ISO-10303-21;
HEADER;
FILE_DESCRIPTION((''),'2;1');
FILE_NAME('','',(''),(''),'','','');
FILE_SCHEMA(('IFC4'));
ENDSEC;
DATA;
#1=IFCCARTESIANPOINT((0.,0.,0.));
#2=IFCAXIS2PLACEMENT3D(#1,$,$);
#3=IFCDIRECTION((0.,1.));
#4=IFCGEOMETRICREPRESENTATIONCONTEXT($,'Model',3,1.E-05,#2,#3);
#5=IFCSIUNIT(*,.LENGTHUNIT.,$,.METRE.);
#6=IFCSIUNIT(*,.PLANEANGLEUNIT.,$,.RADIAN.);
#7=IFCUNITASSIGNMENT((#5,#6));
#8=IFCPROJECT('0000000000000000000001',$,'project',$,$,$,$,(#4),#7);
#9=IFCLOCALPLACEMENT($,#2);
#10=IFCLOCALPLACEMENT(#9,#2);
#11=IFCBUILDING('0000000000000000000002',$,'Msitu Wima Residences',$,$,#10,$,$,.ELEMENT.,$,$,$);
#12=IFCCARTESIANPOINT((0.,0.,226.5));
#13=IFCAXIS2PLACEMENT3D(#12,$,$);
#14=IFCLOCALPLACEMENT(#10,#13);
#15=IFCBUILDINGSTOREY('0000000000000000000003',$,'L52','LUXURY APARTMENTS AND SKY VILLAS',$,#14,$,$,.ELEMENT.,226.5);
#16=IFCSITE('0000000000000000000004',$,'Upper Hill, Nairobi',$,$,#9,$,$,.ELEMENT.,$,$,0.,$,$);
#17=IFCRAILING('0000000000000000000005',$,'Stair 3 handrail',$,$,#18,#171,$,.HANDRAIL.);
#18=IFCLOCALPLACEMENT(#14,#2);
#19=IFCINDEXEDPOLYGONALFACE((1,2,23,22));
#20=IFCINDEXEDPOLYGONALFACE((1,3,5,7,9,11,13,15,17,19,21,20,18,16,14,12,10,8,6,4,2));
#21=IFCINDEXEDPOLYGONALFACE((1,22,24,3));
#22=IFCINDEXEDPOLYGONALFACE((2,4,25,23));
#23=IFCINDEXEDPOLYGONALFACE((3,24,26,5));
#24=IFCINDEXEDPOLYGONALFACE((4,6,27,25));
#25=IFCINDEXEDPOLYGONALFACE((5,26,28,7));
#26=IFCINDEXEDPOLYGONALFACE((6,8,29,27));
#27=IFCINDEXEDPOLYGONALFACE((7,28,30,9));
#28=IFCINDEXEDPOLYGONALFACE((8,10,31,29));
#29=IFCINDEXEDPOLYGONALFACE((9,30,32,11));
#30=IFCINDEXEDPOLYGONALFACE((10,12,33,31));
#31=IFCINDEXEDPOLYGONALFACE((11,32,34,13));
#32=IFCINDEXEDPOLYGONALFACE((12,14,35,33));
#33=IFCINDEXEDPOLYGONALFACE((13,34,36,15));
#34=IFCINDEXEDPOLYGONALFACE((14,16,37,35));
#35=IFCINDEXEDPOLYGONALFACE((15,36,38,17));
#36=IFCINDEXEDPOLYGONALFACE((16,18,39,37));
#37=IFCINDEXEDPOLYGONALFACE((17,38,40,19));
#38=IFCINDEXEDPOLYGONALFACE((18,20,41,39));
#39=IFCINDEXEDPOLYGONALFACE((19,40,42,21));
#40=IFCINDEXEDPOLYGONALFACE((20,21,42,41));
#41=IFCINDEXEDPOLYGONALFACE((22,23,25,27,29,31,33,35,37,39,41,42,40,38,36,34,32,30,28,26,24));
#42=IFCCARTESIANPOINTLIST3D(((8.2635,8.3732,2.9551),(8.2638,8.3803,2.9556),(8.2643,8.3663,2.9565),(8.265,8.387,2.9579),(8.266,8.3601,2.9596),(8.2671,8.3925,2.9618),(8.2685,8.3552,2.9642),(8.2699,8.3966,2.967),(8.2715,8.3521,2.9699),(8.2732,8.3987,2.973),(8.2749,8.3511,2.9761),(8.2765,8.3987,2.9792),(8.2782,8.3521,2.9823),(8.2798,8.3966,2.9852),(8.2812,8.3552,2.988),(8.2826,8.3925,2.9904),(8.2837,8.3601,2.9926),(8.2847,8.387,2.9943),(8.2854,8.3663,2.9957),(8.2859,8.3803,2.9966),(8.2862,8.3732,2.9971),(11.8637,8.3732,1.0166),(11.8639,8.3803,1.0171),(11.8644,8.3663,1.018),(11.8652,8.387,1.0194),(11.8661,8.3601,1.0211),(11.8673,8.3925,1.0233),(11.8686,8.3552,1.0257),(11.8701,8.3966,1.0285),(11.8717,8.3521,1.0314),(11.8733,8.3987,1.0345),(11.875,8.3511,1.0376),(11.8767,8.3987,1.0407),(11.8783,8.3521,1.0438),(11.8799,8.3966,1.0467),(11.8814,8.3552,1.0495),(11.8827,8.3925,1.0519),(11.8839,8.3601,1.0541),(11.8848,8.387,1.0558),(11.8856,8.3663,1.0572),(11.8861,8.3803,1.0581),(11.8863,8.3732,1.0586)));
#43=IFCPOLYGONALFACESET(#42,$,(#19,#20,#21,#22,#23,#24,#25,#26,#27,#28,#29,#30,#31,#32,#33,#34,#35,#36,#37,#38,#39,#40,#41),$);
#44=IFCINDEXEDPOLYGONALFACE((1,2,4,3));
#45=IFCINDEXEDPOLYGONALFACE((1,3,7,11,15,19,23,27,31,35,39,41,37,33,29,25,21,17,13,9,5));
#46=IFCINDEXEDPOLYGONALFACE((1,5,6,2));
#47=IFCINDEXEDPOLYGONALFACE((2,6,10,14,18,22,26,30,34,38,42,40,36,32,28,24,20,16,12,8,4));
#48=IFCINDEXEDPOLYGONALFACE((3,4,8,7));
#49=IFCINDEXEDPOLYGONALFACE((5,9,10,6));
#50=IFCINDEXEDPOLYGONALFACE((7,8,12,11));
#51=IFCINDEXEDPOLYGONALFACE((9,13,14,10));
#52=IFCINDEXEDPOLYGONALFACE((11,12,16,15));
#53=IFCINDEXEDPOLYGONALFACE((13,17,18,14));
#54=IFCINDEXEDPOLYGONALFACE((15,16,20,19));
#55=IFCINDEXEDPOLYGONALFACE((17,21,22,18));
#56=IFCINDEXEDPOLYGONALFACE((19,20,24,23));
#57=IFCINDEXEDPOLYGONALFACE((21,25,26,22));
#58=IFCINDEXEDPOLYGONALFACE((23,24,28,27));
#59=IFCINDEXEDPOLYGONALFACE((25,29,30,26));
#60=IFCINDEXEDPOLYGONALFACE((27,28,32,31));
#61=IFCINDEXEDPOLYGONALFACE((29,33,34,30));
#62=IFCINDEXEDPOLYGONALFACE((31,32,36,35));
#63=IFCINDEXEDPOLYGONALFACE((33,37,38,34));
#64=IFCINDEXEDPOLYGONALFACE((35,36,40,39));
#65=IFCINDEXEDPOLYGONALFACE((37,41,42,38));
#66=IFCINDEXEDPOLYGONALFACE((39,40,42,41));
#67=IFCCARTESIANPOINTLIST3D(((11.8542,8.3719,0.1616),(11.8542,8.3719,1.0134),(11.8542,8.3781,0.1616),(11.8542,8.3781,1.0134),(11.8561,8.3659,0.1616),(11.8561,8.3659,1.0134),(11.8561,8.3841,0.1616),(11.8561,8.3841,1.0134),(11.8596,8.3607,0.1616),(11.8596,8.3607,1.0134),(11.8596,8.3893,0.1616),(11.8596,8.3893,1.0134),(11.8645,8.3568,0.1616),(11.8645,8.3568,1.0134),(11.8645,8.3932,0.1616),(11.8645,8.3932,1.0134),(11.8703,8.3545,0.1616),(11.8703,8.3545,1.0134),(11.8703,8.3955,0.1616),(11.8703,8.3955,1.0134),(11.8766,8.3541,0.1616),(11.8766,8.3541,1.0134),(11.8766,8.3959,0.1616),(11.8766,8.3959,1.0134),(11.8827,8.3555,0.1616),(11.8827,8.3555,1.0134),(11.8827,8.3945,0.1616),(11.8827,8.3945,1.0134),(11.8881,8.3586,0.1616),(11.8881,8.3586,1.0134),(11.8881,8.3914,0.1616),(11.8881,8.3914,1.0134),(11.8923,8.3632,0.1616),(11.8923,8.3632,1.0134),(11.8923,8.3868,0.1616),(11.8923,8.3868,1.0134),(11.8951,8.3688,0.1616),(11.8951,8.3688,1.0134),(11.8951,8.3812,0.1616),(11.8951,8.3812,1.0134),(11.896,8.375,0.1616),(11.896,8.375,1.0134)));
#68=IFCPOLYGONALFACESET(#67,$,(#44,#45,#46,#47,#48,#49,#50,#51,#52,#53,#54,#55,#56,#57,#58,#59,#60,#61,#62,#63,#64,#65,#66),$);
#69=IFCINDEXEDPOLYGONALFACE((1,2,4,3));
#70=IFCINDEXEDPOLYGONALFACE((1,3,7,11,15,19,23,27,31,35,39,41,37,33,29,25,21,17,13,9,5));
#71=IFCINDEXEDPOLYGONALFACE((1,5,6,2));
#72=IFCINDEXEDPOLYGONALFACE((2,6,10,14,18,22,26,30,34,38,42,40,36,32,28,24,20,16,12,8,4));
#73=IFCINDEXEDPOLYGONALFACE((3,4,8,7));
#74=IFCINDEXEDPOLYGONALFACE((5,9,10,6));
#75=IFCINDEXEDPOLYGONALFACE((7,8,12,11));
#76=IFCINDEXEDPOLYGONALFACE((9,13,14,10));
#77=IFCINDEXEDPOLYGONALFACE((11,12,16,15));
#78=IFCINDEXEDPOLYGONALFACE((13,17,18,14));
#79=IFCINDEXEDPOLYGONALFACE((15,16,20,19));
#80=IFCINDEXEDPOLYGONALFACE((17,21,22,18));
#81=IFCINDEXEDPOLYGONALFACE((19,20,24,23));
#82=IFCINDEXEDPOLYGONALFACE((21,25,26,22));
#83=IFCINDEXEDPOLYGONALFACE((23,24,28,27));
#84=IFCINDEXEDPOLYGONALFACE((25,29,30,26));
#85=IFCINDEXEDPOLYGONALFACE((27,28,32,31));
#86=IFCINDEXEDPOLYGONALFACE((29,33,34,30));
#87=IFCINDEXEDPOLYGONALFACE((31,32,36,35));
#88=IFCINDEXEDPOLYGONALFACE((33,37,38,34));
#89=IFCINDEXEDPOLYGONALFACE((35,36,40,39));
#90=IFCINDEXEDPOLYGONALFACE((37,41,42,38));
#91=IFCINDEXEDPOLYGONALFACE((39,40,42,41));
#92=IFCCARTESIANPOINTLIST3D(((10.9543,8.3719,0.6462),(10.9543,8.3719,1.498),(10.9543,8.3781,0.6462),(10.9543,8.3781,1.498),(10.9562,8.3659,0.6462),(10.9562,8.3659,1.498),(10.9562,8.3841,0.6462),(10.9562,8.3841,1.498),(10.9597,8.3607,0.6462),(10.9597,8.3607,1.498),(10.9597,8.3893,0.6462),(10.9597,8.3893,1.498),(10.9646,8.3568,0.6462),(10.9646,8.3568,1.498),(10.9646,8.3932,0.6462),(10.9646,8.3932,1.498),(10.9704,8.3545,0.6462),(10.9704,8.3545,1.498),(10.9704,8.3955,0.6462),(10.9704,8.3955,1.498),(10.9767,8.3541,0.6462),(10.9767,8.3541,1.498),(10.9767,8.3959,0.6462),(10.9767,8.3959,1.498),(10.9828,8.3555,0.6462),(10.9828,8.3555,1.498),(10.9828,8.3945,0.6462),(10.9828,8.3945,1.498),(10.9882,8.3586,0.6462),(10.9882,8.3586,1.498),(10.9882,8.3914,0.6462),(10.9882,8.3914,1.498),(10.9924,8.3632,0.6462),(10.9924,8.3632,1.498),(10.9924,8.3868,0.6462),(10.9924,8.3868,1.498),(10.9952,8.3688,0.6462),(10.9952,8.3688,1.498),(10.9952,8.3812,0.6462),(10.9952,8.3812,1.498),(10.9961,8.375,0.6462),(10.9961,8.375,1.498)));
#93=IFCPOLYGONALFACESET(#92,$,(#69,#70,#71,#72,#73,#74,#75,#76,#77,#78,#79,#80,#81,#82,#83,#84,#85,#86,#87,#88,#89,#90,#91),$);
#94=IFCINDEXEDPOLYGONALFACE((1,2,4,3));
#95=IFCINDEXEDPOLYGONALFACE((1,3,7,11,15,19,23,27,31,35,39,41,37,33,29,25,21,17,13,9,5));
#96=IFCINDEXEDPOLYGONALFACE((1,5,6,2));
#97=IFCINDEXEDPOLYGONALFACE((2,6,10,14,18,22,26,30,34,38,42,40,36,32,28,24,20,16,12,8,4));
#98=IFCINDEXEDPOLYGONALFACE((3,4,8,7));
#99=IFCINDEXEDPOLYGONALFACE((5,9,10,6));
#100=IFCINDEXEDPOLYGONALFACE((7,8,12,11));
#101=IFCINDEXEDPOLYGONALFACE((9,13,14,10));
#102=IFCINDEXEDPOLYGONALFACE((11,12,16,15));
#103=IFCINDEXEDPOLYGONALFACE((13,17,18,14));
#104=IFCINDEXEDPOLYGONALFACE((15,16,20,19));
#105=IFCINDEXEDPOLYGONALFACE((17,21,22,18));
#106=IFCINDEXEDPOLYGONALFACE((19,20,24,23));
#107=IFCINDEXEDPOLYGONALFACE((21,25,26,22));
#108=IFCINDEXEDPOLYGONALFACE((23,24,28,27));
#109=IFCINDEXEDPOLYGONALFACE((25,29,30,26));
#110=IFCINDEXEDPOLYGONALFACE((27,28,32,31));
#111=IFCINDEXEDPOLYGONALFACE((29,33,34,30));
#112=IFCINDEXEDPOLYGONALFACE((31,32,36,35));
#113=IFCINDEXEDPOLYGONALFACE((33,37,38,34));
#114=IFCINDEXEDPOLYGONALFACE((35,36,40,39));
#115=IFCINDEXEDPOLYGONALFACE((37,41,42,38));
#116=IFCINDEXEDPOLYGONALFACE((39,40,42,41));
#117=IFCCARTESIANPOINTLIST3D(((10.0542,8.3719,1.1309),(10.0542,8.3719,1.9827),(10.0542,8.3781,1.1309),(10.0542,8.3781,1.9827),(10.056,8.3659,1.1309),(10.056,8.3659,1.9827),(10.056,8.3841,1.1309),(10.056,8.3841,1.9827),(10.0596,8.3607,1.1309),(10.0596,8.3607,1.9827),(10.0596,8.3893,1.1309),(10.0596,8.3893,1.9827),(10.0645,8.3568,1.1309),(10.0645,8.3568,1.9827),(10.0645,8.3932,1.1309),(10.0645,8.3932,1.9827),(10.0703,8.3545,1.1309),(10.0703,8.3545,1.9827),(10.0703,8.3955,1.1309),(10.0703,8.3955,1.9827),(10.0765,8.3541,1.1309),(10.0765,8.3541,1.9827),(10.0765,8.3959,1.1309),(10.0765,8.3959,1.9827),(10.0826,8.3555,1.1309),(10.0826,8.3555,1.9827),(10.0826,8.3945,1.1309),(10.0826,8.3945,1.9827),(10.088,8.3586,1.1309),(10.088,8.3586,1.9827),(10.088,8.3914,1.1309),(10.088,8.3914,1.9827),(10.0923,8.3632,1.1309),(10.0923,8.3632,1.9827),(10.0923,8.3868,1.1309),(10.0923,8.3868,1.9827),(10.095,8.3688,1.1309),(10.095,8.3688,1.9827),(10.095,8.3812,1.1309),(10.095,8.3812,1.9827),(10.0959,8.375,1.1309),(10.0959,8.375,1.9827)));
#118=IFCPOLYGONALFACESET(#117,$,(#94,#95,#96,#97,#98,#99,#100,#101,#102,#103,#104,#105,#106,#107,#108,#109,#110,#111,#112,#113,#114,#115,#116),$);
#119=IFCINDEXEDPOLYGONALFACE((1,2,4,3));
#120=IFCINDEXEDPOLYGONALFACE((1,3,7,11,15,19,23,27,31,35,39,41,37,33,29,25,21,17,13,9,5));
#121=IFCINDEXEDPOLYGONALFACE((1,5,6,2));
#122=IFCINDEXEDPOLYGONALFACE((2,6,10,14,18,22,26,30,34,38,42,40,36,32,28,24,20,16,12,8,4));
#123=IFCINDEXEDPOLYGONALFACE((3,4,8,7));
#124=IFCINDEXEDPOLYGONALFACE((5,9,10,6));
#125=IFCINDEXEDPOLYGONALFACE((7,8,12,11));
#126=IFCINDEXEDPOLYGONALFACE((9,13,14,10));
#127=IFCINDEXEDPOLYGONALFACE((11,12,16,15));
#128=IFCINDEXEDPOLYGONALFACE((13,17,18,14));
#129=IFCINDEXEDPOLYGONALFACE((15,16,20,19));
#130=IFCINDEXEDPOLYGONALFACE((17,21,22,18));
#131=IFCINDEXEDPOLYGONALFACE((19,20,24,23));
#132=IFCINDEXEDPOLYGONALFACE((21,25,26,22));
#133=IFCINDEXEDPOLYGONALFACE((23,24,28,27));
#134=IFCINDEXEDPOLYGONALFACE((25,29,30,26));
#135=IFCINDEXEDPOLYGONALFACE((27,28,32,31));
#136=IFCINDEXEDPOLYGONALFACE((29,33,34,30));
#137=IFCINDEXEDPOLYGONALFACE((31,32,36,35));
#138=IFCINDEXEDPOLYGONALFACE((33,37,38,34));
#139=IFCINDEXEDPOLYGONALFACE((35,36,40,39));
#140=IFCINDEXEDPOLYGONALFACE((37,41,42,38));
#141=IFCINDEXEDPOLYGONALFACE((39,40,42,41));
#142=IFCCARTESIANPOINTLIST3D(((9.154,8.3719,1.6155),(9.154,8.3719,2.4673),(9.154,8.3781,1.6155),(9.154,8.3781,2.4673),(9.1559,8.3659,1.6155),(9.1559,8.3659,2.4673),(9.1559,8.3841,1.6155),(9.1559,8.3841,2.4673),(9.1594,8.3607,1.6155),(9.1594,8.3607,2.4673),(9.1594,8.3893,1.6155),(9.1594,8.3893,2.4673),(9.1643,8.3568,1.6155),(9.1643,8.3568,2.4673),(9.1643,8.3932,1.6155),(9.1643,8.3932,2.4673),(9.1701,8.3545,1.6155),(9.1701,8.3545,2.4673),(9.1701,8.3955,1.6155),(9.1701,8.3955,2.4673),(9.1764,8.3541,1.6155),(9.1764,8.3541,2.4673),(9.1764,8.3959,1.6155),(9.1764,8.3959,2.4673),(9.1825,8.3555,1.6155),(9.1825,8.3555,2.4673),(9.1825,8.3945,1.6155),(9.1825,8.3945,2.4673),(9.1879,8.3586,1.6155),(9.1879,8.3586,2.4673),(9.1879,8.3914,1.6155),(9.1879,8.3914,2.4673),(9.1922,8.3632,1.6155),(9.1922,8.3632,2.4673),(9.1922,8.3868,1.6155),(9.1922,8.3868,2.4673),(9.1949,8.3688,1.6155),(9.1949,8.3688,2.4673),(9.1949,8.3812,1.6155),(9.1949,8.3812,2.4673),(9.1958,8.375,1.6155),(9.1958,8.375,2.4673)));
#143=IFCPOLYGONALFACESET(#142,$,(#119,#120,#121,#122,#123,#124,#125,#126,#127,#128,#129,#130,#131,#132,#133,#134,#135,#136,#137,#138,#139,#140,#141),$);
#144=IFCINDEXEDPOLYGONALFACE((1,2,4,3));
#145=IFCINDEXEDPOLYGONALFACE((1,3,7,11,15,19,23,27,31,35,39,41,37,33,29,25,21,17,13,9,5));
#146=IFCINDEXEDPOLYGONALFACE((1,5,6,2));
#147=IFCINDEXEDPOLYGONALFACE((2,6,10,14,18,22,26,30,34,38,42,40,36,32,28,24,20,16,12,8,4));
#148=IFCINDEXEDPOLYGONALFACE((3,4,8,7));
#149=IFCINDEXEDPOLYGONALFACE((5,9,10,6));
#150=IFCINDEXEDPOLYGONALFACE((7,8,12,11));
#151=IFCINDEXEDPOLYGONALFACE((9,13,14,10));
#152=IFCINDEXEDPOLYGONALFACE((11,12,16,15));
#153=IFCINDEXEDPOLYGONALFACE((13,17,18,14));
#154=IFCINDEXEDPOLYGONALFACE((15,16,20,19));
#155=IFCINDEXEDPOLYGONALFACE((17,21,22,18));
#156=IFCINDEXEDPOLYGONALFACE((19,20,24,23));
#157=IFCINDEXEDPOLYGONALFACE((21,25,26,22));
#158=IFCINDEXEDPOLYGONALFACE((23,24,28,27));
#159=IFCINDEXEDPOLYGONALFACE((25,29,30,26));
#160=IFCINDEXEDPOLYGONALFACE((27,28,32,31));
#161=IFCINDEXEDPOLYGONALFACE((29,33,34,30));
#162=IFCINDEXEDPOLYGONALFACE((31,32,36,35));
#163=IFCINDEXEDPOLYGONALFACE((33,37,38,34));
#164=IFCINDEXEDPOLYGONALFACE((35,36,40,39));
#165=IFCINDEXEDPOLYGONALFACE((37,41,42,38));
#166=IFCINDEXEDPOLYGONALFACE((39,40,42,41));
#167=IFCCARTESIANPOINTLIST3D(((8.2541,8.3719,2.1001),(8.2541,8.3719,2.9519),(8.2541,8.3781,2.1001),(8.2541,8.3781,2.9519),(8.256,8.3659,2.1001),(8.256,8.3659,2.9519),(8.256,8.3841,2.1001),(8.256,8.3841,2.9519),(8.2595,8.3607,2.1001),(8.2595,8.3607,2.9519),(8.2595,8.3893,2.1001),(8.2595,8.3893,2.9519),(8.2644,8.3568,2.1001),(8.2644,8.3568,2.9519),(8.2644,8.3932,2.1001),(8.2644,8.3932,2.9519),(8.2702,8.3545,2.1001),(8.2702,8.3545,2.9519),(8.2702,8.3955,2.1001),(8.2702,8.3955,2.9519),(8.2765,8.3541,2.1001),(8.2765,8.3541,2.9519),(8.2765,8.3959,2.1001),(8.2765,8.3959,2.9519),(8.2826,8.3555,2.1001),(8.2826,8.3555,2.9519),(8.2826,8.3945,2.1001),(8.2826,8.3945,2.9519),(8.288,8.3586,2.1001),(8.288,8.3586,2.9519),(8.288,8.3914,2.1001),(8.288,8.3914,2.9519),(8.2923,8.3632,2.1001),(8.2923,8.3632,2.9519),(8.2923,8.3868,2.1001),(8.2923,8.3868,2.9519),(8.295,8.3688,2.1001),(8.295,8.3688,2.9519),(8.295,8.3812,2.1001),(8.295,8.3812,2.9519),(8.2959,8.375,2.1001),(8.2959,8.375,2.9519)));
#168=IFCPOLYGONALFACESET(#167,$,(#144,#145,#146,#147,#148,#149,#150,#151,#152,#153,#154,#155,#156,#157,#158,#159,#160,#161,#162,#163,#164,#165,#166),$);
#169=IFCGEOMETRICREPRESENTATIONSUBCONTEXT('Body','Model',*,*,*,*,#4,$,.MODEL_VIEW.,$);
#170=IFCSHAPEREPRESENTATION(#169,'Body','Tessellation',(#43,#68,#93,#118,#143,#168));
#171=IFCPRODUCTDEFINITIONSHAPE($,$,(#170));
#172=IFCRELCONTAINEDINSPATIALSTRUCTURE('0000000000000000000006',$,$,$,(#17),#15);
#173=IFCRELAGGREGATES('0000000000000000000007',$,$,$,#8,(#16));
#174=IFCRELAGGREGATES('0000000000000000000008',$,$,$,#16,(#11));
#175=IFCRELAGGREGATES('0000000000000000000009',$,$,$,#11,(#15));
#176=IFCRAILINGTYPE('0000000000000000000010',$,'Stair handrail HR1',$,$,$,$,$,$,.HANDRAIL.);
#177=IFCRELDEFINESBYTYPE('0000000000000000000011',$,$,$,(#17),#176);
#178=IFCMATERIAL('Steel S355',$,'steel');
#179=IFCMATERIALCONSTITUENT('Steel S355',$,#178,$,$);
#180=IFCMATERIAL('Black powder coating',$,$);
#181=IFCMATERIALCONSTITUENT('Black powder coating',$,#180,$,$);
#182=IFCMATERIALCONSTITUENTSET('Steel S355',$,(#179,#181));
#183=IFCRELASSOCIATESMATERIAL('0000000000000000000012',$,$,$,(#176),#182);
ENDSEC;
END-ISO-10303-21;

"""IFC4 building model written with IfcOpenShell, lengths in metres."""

from ifc_helpers import new_model, si_unit, direction, frame, origin, origin_2d, place, context, subcontext, project, spatial, circle, extrude, material, constituent, constituent_set, type_object, element, save


model = new_model("IFC4")

# Units and contexts
model_context = context("Model", 3, precision=1e-05, world=origin(), true_north=direction((0.0, 1.0)))
body_context = subcontext(model_context, "Body", "Model", "MODEL_VIEW")
ifc_project = project(units=[si_unit("LENGTHUNIT", "METRE"), si_unit("PLANEANGLEUNIT", "RADIAN")], contexts=[model_context])

# Site, building, storey
site_placement = place(None, origin())
site = spatial("IfcSite", under=ifc_project, at=site_placement, Name="Upper Hill, Nairobi", CompositionType="ELEMENT", RefElevation=0.0)
building_placement = place(site_placement, origin())
building = spatial("IfcBuilding", under=site, at=building_placement, Name="Msitu Wima Residences", CompositionType="ELEMENT")
storey_placement = place(building_placement, frame((0.0, 0.0, 226.5)))
storey = spatial("IfcBuildingStorey", under=building, at=storey_placement, Name="L52", Description="LUXURY APARTMENTS AND SKY VILLAS", CompositionType="ELEMENT", Elevation=226.5)

# Railing
ifc_material_1 = material(Name="Steel S355", Category="steel")
ifc_constituent_1 = constituent(ifc_material_1, Name="Steel S355")
ifc_material_2 = material(Name="Black powder coating")
ifc_constituent_2 = constituent(ifc_material_2, Name="Black powder coating")
ifc_constituent_set = constituent_set(constituents=[ifc_constituent_1, ifc_constituent_2], Name="Steel S355")
railing_type = type_object("IfcRailingType", Name="Stair handrail HR1", PredefinedType="HANDRAIL", material=ifc_constituent_set)
for number, where, name in (
    (1, (11.875, 8.375, 0.1616), "Stair 3 handrail"),
):
    element("IfcRailing", number, at=place(storey_placement, frame(where)), inside=storey, type_object=railing_type, Name=name, PredefinedType="HANDRAIL", context=body_context, shape_type="SweptSolid", body=[
        extrude(circle(Radius=0.0239, at=origin_2d()), frame((0.0, 0.0, 0.876), z_axis=(-0.880475, 0.0, 0.474093), x_axis=(0.0, -1.0, 0.0)), (0.0, 0.0, 1.0), 4.0889),
        extrude(circle(Radius=0.021, at=origin_2d()), origin(), (0.0, 0.0, 1.0), 0.8518),
        extrude(circle(Radius=0.021, at=origin_2d()), frame((-0.8999, 0.0, 0.4846)), (0.0, 0.0, 1.0), 0.8518),
        extrude(circle(Radius=0.021, at=origin_2d()), frame((-1.8, 0.0, 0.9692)), (0.0, 0.0, 1.0), 0.8518),
        extrude(circle(Radius=0.021, at=origin_2d()), frame((-2.7002, 0.0, 1.4539)), (0.0, 0.0, 1.0), 0.8518),
        extrude(circle(Radius=0.021, at=origin_2d()), frame((-3.6001, 0.0, 1.9385)), (0.0, 0.0, 1.0), 0.8518),
    ])

save(model, "model.ifc")
